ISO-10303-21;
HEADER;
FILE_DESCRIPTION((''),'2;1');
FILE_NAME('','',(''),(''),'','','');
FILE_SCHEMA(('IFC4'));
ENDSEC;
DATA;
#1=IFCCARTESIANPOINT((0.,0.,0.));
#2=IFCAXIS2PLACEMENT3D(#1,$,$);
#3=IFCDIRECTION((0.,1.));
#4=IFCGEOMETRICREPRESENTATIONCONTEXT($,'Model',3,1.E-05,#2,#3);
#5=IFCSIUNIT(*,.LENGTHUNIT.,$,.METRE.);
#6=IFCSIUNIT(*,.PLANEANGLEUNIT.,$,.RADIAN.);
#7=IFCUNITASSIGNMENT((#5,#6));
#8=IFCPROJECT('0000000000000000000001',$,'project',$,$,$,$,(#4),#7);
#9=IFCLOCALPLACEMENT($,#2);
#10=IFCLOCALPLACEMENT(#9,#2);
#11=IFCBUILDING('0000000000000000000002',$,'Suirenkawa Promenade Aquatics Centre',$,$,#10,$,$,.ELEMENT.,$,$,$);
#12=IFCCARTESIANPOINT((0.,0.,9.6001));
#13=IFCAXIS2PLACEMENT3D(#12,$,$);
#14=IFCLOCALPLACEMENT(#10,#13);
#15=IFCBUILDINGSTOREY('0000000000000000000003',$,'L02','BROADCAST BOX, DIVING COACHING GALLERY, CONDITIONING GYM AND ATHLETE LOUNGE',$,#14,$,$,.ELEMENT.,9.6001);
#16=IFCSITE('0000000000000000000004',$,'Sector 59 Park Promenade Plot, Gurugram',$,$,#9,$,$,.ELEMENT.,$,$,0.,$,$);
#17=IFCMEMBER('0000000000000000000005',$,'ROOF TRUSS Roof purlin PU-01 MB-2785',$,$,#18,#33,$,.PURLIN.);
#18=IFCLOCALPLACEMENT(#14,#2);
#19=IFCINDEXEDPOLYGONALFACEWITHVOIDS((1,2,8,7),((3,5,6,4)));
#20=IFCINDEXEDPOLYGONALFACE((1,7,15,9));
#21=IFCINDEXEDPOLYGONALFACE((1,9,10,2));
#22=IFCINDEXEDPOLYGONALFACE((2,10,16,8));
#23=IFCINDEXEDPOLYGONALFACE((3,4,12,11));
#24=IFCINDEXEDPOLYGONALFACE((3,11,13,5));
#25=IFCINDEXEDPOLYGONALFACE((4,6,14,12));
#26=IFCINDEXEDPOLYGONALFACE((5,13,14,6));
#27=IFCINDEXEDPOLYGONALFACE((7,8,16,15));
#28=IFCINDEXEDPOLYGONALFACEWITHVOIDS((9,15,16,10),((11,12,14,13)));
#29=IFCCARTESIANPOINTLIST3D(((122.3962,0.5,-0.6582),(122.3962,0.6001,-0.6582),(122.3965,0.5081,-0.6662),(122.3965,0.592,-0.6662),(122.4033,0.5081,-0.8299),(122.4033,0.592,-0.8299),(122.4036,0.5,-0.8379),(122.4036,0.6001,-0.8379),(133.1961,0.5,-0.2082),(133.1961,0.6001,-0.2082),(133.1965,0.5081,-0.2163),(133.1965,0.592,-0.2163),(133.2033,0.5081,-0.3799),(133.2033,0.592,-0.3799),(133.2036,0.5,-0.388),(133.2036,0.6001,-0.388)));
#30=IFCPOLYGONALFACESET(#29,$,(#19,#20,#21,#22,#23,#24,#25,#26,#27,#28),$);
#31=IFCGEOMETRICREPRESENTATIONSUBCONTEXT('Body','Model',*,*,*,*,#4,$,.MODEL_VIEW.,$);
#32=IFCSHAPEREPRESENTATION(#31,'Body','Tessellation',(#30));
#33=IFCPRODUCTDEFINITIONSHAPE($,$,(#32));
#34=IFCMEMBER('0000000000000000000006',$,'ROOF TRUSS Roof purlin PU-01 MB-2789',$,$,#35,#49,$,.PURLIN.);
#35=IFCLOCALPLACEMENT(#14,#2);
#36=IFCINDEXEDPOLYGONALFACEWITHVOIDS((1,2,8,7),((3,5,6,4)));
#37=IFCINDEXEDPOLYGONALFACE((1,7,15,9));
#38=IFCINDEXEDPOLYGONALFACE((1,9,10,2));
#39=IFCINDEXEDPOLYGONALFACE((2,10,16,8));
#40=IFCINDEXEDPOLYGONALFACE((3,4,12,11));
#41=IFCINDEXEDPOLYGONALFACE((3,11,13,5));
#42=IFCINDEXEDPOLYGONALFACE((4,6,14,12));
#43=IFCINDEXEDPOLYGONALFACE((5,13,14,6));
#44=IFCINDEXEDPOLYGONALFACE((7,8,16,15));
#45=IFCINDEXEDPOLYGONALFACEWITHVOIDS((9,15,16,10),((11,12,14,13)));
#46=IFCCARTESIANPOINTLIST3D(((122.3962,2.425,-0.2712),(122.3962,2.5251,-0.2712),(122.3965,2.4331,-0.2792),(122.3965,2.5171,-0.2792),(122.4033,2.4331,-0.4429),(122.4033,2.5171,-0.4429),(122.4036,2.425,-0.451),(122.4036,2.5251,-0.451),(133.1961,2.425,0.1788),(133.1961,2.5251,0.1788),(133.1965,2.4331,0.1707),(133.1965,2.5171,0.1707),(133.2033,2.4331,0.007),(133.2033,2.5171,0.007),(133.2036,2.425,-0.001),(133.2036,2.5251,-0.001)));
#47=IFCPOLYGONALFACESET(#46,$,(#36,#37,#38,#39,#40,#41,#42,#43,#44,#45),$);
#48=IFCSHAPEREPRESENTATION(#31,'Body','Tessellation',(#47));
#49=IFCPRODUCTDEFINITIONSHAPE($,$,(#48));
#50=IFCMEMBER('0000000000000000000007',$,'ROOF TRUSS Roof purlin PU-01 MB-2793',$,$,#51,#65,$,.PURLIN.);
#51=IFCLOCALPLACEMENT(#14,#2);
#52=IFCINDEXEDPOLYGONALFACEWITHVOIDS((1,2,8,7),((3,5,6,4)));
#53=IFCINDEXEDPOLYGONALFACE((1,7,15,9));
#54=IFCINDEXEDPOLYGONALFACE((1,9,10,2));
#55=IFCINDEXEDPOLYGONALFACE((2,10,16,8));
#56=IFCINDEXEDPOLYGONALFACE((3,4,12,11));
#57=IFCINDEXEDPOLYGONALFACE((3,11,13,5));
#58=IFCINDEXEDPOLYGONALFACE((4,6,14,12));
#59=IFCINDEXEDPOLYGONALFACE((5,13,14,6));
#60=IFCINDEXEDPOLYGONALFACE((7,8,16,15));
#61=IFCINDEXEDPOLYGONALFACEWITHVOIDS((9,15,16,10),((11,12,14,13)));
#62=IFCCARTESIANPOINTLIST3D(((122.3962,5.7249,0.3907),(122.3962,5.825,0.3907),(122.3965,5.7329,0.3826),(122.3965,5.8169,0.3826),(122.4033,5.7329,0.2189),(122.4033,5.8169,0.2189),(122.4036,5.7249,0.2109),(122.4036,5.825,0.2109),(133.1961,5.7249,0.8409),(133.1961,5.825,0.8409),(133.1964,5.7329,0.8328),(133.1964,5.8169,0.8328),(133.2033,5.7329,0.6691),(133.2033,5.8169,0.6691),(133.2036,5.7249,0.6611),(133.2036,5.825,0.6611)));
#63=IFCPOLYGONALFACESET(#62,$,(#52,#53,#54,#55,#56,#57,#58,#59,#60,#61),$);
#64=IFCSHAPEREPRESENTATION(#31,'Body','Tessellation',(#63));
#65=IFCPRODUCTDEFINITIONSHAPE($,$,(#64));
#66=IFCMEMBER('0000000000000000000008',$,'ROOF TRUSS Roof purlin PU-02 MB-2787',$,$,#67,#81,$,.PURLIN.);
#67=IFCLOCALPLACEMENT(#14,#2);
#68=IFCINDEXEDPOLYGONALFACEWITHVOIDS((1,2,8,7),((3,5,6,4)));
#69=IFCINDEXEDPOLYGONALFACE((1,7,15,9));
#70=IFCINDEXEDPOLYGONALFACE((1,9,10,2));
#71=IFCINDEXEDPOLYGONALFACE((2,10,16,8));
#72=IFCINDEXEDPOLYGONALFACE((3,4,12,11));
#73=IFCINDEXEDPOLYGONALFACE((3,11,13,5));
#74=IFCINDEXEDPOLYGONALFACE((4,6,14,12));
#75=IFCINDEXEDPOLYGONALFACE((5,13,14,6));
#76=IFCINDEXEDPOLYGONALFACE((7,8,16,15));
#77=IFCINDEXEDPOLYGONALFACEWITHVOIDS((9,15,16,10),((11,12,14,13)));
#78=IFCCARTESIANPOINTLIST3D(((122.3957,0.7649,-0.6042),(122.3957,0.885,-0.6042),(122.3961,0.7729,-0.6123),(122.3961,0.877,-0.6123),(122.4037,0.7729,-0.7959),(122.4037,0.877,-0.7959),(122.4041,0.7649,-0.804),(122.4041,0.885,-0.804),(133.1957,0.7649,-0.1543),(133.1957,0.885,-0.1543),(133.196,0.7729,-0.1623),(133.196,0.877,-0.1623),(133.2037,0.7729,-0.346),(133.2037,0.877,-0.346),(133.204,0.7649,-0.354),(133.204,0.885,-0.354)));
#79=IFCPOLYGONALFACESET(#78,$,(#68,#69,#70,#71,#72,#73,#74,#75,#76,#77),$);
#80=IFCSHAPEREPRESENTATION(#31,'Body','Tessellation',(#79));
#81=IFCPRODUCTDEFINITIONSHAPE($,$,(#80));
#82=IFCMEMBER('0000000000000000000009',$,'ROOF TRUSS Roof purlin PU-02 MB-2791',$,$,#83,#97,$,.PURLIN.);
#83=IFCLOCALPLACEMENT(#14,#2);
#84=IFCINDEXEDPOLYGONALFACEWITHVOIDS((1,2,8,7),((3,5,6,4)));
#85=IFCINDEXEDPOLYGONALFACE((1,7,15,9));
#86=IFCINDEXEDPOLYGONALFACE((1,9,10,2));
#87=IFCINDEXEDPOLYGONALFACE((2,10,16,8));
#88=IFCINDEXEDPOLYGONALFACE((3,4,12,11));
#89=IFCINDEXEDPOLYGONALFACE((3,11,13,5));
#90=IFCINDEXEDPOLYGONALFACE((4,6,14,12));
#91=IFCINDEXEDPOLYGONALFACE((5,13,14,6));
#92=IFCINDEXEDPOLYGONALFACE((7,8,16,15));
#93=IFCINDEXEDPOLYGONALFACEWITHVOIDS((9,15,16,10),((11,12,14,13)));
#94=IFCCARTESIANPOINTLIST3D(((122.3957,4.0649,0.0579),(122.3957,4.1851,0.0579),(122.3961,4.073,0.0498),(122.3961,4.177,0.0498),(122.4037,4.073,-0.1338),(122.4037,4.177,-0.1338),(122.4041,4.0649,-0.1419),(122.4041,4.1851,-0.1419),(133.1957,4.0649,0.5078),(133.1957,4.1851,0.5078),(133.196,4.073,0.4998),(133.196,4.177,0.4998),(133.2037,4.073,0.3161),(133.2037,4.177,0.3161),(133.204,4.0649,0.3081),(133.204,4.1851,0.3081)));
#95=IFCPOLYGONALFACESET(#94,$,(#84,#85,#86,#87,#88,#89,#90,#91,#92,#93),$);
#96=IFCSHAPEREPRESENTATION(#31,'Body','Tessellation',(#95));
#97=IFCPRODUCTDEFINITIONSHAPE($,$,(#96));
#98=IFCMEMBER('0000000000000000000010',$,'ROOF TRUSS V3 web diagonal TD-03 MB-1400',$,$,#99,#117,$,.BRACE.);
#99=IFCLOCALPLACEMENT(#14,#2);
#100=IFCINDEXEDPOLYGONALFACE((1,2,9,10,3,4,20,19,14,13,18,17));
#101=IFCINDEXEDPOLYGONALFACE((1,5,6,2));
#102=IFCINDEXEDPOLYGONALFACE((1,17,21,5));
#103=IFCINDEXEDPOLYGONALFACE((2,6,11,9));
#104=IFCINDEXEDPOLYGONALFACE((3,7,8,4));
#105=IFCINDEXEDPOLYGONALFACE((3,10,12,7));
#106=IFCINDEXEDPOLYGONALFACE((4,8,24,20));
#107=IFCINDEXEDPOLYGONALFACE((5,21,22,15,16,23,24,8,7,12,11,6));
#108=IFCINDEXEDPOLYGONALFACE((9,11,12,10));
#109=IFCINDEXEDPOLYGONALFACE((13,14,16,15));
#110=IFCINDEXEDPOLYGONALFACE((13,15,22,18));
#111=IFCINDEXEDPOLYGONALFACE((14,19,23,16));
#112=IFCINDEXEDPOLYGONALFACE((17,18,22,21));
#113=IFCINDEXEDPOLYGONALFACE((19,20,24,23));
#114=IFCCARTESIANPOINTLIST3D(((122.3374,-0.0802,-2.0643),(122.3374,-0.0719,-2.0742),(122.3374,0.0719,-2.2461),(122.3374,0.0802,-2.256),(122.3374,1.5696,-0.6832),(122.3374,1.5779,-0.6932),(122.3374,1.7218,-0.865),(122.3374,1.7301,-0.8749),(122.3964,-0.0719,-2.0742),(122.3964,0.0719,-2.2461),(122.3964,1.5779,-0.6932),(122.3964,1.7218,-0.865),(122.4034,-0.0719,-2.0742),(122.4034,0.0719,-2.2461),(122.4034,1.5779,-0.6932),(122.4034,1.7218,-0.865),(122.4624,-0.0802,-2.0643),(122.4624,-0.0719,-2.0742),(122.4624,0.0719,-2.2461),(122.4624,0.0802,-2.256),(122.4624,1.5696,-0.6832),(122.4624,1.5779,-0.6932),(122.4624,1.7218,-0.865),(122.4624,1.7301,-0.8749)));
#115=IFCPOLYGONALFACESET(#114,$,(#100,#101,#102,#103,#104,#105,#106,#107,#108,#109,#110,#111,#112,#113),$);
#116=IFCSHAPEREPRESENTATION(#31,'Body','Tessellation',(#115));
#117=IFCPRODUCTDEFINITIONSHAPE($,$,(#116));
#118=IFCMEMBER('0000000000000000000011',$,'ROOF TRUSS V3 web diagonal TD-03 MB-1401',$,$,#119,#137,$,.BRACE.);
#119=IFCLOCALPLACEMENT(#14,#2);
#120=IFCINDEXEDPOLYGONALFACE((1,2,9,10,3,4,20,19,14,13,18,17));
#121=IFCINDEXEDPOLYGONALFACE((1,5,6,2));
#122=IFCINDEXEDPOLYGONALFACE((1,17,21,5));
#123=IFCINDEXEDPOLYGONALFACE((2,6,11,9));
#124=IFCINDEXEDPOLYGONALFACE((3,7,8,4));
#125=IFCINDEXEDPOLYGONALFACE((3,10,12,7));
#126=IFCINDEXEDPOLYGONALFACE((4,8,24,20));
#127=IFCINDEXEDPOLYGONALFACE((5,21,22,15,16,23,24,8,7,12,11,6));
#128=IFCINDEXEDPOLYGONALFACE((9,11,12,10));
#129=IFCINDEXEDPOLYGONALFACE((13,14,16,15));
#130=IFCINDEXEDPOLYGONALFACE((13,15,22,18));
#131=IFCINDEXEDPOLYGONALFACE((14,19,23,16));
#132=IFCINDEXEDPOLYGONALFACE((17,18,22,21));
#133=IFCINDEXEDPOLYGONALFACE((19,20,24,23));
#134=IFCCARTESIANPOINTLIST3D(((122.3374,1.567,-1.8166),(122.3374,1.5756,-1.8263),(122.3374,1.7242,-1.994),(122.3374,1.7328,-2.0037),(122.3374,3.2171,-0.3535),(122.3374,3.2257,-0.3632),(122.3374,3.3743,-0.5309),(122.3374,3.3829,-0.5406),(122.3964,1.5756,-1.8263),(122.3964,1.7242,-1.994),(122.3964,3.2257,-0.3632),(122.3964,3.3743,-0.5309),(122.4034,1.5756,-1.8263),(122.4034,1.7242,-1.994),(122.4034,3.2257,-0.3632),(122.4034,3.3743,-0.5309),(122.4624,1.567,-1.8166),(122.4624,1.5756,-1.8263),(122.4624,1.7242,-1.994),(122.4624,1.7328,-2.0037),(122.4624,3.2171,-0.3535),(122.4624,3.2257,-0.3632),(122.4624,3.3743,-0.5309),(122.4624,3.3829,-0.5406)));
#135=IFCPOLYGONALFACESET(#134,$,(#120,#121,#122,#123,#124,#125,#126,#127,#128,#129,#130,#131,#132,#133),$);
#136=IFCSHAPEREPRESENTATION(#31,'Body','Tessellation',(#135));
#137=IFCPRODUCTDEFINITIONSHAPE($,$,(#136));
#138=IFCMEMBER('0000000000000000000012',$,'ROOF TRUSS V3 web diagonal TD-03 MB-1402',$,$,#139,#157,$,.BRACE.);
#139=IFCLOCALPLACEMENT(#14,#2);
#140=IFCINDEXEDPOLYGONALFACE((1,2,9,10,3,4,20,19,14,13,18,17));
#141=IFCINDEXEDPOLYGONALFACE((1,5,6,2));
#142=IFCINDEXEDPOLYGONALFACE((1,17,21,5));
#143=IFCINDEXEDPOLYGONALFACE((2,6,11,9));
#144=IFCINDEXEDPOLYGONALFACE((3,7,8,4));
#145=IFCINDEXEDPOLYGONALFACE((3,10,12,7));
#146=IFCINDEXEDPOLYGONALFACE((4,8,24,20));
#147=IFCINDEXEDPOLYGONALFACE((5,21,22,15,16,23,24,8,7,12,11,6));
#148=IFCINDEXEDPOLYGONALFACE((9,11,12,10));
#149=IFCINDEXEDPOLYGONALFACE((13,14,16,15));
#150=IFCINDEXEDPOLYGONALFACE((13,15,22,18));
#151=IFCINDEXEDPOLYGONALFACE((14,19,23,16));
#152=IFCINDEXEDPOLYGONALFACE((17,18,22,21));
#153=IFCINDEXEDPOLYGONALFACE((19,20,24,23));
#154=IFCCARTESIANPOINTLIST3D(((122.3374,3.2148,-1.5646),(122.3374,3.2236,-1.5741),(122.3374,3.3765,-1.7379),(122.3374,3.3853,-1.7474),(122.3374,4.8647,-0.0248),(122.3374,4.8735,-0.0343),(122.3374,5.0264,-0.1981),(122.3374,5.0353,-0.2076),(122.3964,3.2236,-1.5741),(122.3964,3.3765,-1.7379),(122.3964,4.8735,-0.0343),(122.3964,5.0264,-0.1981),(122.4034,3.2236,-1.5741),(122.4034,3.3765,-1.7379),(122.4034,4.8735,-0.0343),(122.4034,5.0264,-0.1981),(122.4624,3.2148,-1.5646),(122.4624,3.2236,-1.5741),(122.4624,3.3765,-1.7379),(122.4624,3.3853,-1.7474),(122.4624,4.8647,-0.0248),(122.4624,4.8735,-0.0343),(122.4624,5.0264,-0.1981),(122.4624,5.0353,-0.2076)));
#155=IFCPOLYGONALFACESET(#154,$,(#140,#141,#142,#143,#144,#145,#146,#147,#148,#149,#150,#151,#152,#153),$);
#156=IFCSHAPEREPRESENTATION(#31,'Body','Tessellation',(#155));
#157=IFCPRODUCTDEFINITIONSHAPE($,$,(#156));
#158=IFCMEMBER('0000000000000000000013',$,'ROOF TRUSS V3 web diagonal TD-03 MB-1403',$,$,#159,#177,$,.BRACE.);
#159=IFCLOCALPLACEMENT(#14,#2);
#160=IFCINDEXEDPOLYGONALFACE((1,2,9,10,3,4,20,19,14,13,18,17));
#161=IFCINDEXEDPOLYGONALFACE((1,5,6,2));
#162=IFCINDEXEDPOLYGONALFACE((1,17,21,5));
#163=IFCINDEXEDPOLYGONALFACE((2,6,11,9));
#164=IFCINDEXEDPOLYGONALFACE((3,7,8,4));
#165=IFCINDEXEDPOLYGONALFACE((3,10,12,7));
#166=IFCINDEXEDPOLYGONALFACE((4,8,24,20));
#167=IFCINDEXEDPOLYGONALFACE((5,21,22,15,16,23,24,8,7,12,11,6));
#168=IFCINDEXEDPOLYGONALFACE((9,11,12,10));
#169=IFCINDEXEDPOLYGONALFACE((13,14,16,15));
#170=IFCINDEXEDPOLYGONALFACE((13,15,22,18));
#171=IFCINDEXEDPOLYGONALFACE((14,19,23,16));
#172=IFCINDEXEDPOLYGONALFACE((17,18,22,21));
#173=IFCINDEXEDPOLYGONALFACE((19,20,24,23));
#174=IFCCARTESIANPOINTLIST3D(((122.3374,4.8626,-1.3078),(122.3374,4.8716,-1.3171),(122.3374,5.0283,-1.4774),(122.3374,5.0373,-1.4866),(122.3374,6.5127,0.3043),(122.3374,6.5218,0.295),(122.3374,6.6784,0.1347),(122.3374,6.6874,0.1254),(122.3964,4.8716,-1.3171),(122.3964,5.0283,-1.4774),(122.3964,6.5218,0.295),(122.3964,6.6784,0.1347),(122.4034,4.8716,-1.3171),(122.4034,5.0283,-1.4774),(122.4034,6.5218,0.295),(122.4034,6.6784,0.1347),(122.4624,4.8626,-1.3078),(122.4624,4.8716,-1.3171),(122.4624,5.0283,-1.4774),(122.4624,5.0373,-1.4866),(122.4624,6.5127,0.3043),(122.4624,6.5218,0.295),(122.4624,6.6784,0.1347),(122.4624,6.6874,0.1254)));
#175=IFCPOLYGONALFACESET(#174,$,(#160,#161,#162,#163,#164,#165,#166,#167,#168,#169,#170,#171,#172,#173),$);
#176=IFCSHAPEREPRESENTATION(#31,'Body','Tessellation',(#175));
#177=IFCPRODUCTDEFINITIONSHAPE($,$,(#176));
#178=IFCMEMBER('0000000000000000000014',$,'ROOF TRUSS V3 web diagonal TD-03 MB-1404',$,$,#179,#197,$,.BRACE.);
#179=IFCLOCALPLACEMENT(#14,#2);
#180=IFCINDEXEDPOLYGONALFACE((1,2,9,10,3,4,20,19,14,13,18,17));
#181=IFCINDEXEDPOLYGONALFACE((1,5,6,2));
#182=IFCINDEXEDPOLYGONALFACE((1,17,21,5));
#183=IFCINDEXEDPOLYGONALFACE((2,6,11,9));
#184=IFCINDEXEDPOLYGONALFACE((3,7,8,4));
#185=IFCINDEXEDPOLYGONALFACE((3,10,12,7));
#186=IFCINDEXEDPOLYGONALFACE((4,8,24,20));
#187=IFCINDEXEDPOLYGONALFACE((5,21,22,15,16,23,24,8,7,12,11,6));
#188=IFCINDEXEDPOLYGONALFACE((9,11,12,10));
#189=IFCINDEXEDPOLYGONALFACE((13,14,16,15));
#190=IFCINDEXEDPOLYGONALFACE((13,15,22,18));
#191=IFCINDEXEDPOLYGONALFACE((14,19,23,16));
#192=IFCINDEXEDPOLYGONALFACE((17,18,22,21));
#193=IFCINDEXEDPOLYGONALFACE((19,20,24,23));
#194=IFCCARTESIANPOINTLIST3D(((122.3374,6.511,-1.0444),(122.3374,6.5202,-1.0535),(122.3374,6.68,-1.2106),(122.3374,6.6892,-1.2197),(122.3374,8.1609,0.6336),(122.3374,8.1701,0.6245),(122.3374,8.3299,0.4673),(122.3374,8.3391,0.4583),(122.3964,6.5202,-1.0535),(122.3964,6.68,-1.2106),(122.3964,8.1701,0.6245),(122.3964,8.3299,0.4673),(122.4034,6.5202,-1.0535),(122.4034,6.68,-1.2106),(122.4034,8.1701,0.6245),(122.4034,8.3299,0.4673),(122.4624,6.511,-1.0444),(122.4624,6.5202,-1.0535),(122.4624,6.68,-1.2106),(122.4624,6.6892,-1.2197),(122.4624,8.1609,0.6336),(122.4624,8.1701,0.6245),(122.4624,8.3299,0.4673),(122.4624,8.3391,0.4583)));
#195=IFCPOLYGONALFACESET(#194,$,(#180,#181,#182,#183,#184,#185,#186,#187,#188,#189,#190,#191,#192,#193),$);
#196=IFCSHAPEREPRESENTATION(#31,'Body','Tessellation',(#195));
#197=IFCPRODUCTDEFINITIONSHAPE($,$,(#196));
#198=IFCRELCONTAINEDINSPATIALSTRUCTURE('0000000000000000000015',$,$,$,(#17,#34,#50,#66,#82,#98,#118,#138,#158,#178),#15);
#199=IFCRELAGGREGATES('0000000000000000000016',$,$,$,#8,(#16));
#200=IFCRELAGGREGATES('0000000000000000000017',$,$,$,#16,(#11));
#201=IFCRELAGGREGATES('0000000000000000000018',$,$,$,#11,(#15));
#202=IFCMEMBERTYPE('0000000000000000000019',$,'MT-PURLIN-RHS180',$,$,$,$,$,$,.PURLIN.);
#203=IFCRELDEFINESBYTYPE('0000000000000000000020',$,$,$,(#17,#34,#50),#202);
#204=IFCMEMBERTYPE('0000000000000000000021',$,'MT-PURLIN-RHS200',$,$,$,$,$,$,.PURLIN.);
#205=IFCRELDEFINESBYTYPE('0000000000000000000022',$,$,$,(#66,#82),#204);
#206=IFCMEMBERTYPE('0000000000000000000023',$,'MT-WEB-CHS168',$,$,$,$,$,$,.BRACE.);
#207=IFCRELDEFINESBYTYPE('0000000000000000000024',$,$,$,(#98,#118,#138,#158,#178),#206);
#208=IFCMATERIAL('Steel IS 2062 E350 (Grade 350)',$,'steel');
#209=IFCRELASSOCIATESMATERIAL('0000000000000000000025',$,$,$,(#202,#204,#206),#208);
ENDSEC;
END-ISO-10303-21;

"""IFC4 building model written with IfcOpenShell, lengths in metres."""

from ifc_helpers import new_model, si_unit, direction, frame, origin, origin_2d, place, context, subcontext, project, spatial, hollow_rectangle, i_section, extrude, material, material_profile, profile_set, type_object, element, save


model = new_model("IFC4")

# Units and contexts
model_context = context("Model", 3, precision=1e-05, world=origin(), true_north=direction((0.0, 1.0)))
body_context = subcontext(model_context, "Body", "Model", "MODEL_VIEW")
ifc_project = project(units=[si_unit("LENGTHUNIT", "METRE"), si_unit("PLANEANGLEUNIT", "RADIAN")], contexts=[model_context])

# Site, building, storey
site_placement = place(None, origin())
site = spatial("IfcSite", under=ifc_project, at=site_placement, Name="Sector 59 Park Promenade Plot, Gurugram", CompositionType="ELEMENT", RefElevation=0.0)
building_placement = place(site_placement, origin())
building = spatial("IfcBuilding", under=site, at=building_placement, Name="Suirenkawa Promenade Aquatics Centre", CompositionType="ELEMENT")
storey_placement = place(building_placement, frame((0.0, 0.0, 9.6001)))
storey = spatial("IfcBuildingStorey", under=building, at=storey_placement, Name="L02", Description="BROADCAST BOX, DIVING COACHING GALLERY, CONDITIONING GYM AND ATHLETE LOUNGE", CompositionType="ELEMENT", Elevation=9.6001)

# Shared definitions
ifc_material_1 = material(Name="Steel IS 2062 E350 (Grade 350)", Category="steel")

# Members
ifc_material_profile_1 = material_profile(ifc_material_1, hollow_rectangle(XDim=0.1001, YDim=0.1799, WallThickness=0.0081, at=origin_2d()), Name="RHS 180x100x8", Category="steel")
ifc_profile_set_1 = profile_set([ifc_material_profile_1], Name="Steel IS 2062 E350 (Grade 350)")
member_type_1 = type_object("IfcMemberType", Name="MT-PURLIN-RHS180", PredefinedType="PURLIN", material=ifc_profile_set_1)
for number, where, z_axis, x_axis, name in (
    (1, (122.3999, 0.55, -0.748), (0.999133, 0.0, 0.041626), (0.0, 1.0, 0.0), "ROOF TRUSS Roof purlin PU-01 MB-2785"),
    (2, (122.3999, 2.4751, -0.3611), (0.999133, 0.0, 0.041626), (0.0, 1.0, 0.0), "ROOF TRUSS Roof purlin PU-01 MB-2789"),
    (3, (122.3999, 5.7749, 0.3008), (0.999132, 0.0, 0.041648), (0.0, 1.0, 0.0), "ROOF TRUSS Roof purlin PU-01 MB-2793"),
):
    element("IfcMember", number, at=place(storey_placement, frame(where, z_axis=z_axis, x_axis=x_axis)), inside=storey, type_object=member_type_1, Name=name, PredefinedType="PURLIN", context=body_context, shape_type="SweptSolid", body=[
        extrude(hollow_rectangle(XDim=0.1001, YDim=0.1799, WallThickness=0.0081, at=origin_2d()), origin(), (0.0, 0.0, 1.0), 10.8093),
    ])
ifc_material_profile_2 = material_profile(ifc_material_1, hollow_rectangle(XDim=0.1201, YDim=0.2, WallThickness=0.0081, at=origin_2d()), Name="RHS 200x120x8", Category="steel")
ifc_profile_set_2 = profile_set([ifc_material_profile_2], Name="Steel IS 2062 E350 (Grade 350)")
member_type_2 = type_object("IfcMemberType", Name="MT-PURLIN-RHS200", PredefinedType="PURLIN", material=ifc_profile_set_2)
for number, where, z_axis, x_axis, name in (
    (4, (122.3999, 0.825, -0.7041), (0.999133, 0.0, 0.041626), (0.0, 1.0, 0.0), "ROOF TRUSS Roof purlin PU-02 MB-2787"),
    (5, (122.3999, 4.125, -0.042), (0.999133, 0.0, 0.041626), (0.0, 1.0, 0.0), "ROOF TRUSS Roof purlin PU-02 MB-2791"),
):
    element("IfcMember", number, at=place(storey_placement, frame(where, z_axis=z_axis, x_axis=x_axis)), inside=storey, type_object=member_type_2, Name=name, PredefinedType="PURLIN", context=body_context, shape_type="SweptSolid", body=[
        extrude(hollow_rectangle(XDim=0.1201, YDim=0.2, WallThickness=0.0081, at=origin_2d()), origin(), (0.0, 0.0, 1.0), 10.8093),
    ])
ifc_material_profile_3 = material_profile(ifc_material_1, i_section(OverallWidth=0.125, OverallDepth=0.25, WebThickness=0.0071, FlangeThickness=0.0129, at=origin_2d()), Name="ISMB 250", Category="steel")
ifc_profile_set_3 = profile_set([ifc_material_profile_3], Name="Steel IS 2062 E350 (Grade 350)")
member_type_3 = type_object("IfcMemberType", Name="MT-WEB-CHS168", PredefinedType="BRACE", material=ifc_profile_set_3)
member_1_placement = place(storey_placement, frame((122.3999, 0.0, -2.1602), z_axis=(0.0, 0.766806, 0.641879), x_axis=(-1.0, 0.0, 0.0)))
element("IfcMember", 6, at=member_1_placement, inside=storey, type_object=member_type_3, Name="ROOF TRUSS V3 web diagonal TD-03 MB-1400", PredefinedType="BRACE", context=body_context, shape_type="SweptSolid", body=[
    extrude(i_section(OverallWidth=0.125, OverallDepth=0.25, WebThickness=0.0071, FlangeThickness=0.0129, at=origin_2d()), origin(), (0.0, 0.0, 1.0), 2.1516),
])
member_2_placement = place(storey_placement, frame((122.3999, 1.6499, -1.9102), z_axis=(0.0, 0.748233, 0.663436), x_axis=(-1.0, 0.0, 0.0)))
element("IfcMember", 7, at=member_2_placement, inside=storey, type_object=member_type_3, Name="ROOF TRUSS V3 web diagonal TD-03 MB-1401", PredefinedType="BRACE", context=body_context, shape_type="SweptSolid", body=[
    extrude(i_section(OverallWidth=0.125, OverallDepth=0.25, WebThickness=0.0071, FlangeThickness=0.0129, at=origin_2d()), origin(), (0.0, 0.0, 1.0), 2.2053),
])
member_3_placement = place(storey_placement, frame((122.3999, 3.3, -1.656), z_axis=(0.0, 0.73108, 0.682291), x_axis=(-1.0, 0.0, 0.0)))
element("IfcMember", 8, at=member_3_placement, inside=storey, type_object=member_type_3, Name="ROOF TRUSS V3 web diagonal TD-03 MB-1402", PredefinedType="BRACE", context=body_context, shape_type="SweptSolid", body=[
    extrude(i_section(OverallWidth=0.125, OverallDepth=0.25, WebThickness=0.0071, FlangeThickness=0.0129, at=origin_2d()), origin(), (0.0, 0.0, 1.0), 2.2568),
])
member_4_placement = place(storey_placement, frame((122.3999, 4.95, -1.3972), z_axis=(0.0, 0.715313, 0.698804), x_axis=(-1.0, 0.0, 0.0)))
element("IfcMember", 9, at=member_4_placement, inside=storey, type_object=member_type_3, Name="ROOF TRUSS V3 web diagonal TD-03 MB-1403", PredefinedType="BRACE", context=body_context, shape_type="SweptSolid", body=[
    extrude(i_section(OverallWidth=0.125, OverallDepth=0.25, WebThickness=0.0071, FlangeThickness=0.0129, at=origin_2d()), origin(), (0.0, 0.0, 1.0), 2.3069),
])
member_5_placement = place(storey_placement, frame((122.3999, 6.6001, -1.1321), z_axis=(0.0, 0.701116, 0.713047), x_axis=(-1.0, 0.0, 0.0)))
element("IfcMember", 10, at=member_5_placement, inside=storey, type_object=member_type_3, Name="ROOF TRUSS V3 web diagonal TD-03 MB-1404", PredefinedType="BRACE", context=body_context, shape_type="SweptSolid", body=[
    extrude(i_section(OverallWidth=0.125, OverallDepth=0.25, WebThickness=0.0071, FlangeThickness=0.0129, at=origin_2d()), origin(), (0.0, 0.0, 1.0), 2.3533),
])

save(model, "model.ifc")
